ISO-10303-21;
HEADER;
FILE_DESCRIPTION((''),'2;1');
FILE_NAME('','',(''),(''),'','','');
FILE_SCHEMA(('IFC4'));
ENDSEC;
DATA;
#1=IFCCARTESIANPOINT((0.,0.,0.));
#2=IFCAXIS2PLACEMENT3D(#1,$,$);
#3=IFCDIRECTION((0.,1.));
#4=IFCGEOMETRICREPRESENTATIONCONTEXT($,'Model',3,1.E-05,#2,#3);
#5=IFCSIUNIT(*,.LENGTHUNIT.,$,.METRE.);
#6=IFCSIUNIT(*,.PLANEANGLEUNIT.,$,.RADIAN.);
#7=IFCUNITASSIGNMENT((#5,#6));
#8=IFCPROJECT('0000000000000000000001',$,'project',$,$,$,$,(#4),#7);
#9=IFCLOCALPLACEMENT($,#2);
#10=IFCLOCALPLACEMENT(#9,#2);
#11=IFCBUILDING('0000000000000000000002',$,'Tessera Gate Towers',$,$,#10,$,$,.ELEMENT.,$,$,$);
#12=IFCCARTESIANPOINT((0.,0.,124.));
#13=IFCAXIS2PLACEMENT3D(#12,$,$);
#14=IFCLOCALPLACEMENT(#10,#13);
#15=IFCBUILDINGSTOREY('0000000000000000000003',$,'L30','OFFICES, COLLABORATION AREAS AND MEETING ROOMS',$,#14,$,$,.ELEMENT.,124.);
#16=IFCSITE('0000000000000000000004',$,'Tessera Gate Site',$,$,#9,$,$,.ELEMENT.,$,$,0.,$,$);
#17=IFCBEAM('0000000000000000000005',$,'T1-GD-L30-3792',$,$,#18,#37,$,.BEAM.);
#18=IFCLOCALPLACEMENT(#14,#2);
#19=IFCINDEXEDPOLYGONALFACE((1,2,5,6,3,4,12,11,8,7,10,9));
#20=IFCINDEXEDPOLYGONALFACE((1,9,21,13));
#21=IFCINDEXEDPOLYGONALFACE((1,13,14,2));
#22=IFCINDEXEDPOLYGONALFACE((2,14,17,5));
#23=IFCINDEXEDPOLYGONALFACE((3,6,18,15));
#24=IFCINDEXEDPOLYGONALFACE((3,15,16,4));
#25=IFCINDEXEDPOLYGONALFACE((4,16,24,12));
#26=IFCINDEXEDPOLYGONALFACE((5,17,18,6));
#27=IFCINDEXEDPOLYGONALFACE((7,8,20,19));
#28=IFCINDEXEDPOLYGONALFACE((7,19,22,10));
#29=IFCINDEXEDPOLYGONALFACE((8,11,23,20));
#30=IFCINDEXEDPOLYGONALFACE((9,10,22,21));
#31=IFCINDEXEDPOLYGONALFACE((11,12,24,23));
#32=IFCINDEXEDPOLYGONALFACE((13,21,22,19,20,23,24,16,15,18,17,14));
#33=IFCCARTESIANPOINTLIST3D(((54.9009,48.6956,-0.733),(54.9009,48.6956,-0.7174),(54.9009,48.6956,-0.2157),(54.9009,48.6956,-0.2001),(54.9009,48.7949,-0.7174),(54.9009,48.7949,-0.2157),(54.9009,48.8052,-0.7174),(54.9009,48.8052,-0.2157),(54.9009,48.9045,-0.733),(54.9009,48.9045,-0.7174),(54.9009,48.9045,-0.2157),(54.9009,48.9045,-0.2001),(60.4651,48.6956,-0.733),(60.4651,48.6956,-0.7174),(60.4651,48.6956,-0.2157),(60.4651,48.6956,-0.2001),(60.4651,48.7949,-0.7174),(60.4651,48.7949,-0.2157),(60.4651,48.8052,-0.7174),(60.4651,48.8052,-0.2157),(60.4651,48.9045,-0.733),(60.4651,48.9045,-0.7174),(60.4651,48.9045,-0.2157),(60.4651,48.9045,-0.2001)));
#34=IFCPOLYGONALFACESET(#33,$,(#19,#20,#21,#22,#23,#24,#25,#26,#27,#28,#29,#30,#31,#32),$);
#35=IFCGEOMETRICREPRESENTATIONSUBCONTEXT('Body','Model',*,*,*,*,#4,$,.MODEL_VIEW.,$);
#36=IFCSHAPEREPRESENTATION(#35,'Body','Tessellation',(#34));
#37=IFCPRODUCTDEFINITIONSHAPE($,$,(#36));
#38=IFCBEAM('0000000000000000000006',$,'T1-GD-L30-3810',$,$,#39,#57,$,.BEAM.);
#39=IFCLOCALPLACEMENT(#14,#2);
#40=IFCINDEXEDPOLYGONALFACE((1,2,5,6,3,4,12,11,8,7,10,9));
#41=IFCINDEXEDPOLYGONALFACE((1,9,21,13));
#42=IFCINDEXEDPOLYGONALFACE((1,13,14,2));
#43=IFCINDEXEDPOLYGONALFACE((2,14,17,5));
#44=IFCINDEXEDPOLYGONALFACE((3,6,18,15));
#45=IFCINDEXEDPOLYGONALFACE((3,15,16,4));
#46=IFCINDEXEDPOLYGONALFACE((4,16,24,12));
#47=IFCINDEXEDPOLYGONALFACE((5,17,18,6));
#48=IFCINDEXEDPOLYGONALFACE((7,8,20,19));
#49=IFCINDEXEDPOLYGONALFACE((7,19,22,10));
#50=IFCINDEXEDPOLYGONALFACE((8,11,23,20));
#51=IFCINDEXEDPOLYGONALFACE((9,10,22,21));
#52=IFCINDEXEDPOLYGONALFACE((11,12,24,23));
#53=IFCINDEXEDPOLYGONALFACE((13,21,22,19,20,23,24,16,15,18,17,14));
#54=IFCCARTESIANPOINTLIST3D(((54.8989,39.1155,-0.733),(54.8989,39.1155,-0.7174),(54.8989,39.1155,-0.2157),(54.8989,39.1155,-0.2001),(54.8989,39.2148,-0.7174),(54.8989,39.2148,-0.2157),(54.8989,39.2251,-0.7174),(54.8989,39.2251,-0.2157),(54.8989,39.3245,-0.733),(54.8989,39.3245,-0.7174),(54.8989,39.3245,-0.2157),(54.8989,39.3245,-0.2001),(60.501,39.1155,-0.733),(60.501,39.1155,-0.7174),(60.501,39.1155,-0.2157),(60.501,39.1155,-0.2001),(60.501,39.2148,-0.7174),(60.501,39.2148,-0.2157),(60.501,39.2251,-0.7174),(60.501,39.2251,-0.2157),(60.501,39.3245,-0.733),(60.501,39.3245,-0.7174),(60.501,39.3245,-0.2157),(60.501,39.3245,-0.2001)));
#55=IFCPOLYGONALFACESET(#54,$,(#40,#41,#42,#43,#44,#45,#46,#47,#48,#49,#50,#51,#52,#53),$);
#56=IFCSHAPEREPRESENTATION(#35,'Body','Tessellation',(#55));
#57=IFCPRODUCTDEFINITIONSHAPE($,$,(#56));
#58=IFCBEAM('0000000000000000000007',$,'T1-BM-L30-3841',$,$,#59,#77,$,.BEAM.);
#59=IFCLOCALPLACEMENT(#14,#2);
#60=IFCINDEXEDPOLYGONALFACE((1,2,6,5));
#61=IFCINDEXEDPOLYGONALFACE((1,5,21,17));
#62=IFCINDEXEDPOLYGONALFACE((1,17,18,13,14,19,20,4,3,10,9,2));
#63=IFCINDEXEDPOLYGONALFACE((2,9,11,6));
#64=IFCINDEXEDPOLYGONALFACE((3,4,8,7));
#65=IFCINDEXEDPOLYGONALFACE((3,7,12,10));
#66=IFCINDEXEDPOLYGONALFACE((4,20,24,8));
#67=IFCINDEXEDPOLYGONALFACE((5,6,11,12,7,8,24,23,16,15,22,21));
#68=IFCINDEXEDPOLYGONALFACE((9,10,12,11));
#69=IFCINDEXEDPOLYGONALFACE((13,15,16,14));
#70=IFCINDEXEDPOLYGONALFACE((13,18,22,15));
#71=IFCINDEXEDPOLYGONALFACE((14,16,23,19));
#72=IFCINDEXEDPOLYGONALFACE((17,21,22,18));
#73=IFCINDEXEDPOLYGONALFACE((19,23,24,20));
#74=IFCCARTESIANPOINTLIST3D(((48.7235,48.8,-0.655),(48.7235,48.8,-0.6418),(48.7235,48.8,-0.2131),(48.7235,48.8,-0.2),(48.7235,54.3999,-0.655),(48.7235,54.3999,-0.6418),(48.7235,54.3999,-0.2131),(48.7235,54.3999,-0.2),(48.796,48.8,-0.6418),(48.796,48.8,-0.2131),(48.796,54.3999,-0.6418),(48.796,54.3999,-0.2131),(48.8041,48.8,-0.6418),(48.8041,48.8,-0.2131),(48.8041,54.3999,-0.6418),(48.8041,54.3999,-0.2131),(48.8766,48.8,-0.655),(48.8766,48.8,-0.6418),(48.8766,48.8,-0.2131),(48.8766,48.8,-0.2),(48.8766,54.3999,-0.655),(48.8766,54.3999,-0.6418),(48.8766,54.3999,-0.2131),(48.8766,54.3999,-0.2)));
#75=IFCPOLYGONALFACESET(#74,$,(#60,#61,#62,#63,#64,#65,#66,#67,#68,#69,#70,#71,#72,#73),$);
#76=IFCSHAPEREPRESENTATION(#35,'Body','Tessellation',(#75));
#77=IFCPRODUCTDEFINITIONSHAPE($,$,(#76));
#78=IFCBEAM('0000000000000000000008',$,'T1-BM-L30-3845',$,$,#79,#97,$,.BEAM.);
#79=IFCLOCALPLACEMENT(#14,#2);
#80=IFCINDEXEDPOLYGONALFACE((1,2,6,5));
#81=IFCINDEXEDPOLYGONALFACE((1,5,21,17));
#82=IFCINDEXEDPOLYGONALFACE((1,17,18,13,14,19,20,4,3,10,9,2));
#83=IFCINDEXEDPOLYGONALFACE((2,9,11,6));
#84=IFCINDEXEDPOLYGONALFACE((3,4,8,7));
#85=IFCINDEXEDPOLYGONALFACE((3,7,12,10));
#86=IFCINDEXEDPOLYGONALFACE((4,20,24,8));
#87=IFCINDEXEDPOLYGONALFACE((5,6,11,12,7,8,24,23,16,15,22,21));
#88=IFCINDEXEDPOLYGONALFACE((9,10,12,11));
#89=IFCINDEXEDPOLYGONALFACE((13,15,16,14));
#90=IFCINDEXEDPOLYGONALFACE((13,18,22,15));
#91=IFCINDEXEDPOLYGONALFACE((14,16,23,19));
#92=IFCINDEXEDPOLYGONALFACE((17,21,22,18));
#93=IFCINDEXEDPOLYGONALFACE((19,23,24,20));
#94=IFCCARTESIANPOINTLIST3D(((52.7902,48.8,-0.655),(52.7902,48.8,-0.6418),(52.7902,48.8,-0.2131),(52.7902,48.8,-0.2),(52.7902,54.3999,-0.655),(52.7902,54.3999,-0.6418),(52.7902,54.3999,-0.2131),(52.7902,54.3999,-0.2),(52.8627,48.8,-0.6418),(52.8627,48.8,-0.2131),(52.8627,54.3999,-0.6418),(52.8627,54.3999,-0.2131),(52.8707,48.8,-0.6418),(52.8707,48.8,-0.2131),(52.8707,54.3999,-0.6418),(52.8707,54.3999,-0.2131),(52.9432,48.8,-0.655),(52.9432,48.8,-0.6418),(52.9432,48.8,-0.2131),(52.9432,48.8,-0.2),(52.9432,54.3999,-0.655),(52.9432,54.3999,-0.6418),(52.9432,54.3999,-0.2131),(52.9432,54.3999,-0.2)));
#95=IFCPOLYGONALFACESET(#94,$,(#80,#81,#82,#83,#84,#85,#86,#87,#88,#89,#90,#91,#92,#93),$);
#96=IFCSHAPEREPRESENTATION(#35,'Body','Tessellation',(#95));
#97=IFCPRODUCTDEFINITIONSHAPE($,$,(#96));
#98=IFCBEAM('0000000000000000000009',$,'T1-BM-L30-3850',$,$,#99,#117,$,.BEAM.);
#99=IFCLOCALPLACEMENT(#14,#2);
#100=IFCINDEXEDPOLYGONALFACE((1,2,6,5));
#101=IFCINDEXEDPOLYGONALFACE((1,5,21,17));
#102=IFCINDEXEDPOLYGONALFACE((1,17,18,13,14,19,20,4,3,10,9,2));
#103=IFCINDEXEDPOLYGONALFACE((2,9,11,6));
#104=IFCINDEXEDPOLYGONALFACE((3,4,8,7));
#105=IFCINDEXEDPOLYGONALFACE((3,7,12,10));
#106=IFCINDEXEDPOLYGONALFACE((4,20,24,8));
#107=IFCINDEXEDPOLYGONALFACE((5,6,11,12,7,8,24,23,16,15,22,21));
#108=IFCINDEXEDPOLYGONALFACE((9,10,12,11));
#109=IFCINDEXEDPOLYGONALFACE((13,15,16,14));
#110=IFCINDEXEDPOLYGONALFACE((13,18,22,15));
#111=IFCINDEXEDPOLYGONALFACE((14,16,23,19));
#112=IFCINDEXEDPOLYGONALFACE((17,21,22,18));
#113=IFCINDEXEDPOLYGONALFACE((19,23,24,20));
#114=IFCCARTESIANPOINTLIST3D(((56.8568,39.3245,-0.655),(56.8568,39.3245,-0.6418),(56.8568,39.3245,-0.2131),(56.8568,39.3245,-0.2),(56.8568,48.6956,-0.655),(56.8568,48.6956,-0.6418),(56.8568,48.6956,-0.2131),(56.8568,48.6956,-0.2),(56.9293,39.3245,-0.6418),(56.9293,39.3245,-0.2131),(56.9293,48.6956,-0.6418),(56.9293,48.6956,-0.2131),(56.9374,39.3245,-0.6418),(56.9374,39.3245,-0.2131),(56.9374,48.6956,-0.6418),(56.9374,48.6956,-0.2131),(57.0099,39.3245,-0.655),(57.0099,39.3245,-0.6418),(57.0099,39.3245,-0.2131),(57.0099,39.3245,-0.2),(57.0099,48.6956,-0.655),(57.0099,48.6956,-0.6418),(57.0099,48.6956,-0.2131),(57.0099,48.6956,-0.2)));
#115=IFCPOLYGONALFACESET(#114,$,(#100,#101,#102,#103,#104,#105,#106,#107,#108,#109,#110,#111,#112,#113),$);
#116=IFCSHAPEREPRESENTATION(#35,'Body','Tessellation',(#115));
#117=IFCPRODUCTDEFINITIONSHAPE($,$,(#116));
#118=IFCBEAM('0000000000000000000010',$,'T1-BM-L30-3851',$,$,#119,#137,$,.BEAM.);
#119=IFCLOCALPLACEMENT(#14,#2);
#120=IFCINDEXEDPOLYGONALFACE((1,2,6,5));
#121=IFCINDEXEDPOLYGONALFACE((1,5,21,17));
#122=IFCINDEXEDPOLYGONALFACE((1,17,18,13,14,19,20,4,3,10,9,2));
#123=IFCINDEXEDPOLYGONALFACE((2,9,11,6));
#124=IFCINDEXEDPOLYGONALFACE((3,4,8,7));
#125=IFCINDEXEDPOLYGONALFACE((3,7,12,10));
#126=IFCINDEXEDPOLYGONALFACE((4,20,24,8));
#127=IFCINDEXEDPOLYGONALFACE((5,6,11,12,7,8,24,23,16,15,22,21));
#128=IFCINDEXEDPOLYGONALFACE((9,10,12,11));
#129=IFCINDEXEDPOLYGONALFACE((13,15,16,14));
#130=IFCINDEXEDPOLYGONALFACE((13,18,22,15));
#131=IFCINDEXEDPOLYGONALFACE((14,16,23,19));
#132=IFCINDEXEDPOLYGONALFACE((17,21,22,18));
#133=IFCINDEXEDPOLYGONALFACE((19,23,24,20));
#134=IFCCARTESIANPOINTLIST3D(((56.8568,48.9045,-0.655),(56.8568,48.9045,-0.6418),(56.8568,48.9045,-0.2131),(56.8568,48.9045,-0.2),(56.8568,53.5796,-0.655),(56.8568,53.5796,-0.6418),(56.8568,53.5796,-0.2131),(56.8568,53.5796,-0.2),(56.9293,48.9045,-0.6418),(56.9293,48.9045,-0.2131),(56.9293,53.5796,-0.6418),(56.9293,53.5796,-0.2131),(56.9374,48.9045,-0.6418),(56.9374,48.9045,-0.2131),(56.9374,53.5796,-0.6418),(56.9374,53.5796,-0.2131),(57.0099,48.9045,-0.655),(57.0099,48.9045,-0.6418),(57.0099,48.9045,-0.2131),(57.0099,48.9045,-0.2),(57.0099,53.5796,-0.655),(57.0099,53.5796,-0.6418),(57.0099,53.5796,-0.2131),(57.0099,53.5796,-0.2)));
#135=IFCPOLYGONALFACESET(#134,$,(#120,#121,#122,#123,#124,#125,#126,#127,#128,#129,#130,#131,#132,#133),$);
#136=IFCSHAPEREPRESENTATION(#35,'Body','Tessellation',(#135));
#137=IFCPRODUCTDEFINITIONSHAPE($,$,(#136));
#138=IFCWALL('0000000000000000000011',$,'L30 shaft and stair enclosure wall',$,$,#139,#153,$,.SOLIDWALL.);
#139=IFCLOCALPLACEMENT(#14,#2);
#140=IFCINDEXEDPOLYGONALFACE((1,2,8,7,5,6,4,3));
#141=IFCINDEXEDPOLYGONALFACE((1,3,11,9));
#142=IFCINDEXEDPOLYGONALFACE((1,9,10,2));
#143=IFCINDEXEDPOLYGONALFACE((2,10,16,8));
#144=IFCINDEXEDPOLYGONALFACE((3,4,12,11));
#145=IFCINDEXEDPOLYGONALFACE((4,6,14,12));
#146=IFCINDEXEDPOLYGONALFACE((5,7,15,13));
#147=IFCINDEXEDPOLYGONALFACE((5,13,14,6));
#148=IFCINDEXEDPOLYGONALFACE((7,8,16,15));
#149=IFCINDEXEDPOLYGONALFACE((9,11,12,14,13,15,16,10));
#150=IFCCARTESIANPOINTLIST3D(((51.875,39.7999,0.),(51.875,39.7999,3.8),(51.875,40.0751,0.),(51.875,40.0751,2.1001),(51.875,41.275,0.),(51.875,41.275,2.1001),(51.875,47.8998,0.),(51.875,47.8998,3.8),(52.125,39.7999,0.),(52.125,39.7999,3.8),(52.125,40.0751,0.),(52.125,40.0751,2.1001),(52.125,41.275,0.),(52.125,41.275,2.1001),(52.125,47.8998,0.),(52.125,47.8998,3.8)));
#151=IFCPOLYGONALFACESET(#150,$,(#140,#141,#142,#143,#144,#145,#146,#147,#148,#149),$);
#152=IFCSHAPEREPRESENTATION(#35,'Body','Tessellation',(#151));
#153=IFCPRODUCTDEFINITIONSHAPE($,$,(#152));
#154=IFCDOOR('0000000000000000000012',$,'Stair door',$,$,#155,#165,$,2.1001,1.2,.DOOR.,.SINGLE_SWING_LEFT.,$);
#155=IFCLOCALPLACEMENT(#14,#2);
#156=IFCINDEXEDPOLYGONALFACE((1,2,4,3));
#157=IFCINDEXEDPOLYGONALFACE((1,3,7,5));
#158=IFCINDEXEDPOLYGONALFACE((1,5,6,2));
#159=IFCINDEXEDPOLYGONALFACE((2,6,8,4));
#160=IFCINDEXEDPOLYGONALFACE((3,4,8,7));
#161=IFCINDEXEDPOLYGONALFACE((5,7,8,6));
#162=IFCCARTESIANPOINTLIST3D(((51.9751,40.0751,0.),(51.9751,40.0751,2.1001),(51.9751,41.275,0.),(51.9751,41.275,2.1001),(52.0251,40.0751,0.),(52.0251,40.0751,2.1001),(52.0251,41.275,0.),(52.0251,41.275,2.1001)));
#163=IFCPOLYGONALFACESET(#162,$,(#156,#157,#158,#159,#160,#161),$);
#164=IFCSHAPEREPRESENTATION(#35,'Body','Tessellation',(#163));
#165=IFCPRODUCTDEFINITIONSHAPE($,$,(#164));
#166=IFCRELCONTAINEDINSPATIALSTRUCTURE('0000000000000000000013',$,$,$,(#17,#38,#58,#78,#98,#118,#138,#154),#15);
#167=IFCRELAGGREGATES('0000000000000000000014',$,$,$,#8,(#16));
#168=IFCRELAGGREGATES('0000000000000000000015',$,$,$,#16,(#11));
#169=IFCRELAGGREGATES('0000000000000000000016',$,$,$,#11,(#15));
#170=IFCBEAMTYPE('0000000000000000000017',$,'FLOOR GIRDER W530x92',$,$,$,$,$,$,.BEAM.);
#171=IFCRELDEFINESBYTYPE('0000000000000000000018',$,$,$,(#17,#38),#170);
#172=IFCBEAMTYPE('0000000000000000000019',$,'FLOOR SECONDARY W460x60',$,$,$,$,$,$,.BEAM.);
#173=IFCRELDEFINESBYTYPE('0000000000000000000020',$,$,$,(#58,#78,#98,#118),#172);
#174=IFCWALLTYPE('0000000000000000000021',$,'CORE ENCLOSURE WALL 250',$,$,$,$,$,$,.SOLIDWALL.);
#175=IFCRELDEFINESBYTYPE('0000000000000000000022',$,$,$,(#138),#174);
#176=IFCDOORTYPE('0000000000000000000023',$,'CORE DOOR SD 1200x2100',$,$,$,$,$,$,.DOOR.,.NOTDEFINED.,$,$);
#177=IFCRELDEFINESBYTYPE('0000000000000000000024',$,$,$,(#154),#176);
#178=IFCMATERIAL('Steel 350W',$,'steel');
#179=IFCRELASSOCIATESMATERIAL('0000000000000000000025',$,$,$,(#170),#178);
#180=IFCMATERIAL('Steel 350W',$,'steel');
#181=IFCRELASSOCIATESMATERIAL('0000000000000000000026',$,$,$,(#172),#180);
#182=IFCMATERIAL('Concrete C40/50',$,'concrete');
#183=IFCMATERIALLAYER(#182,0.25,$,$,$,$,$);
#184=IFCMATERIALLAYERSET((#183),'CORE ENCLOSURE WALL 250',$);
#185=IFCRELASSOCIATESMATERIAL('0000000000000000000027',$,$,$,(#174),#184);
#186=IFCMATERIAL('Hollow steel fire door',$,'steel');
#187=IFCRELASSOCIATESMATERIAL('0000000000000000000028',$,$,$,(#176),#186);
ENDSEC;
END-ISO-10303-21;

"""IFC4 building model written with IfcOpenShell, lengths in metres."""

from ifc_helpers import new_model, si_unit, direction, frame, frame_2d, origin, origin_2d, place, context, subcontext, project, spatial, rectangle, i_section, extrude, source, transform, mapped, material, layer, layer_set, material_profile, profile_set, type_object, element, fill, save


model = new_model("IFC4")

# Units and contexts
model_context = context("Model", 3, precision=1e-05, world=origin(), true_north=direction((0.0, 1.0)))
body_context = subcontext(model_context, "Body", "Model", "MODEL_VIEW")
ifc_project = project(units=[si_unit("LENGTHUNIT", "METRE"), si_unit("PLANEANGLEUNIT", "RADIAN")], contexts=[model_context])

# Site, building, storey
site_placement = place(None, origin())
site = spatial("IfcSite", under=ifc_project, at=site_placement, Name="Tessera Gate Site", CompositionType="ELEMENT", RefElevation=0.0)
building_placement = place(site_placement, origin())
building = spatial("IfcBuilding", under=site, at=building_placement, Name="Tessera Gate Towers", CompositionType="ELEMENT")
storey_placement = place(building_placement, frame((0.0, 0.0, 124.0)))
storey = spatial("IfcBuildingStorey", under=building, at=storey_placement, Name="L30", Description="OFFICES, COLLABORATION AREAS AND MEETING ROOMS", CompositionType="ELEMENT", Elevation=124.0)

# Beams
ifc_material_1 = material(Name="Steel 350W", Category="steel")
ifc_material_profile_1 = material_profile(ifc_material_1, i_section(OverallWidth=0.209, OverallDepth=0.533, WebThickness=0.0103, FlangeThickness=0.0156, at=origin_2d()), Name="W530x92")
ifc_profile_set_1 = profile_set([ifc_material_profile_1], Name="Steel 350W")
beam_type_1 = type_object("IfcBeamType", Name="FLOOR GIRDER W530x92", PredefinedType="BEAM", material=ifc_profile_set_1)
beam_1_placement = place(storey_placement, frame((54.9009, 48.8, -0.4666), z_axis=(1.0, 0.0, 0.0), x_axis=(0.0, 1.0, 0.0)))
element("IfcBeam", 1, at=beam_1_placement, inside=storey, type_object=beam_type_1, Name="T1-GD-L30-3792", PredefinedType="BEAM", context=body_context, shape_type="SweptSolid", body=[
    extrude(i_section(OverallWidth=0.209, OverallDepth=0.533, WebThickness=0.0103, FlangeThickness=0.0156, at=origin_2d()), origin(), (0.0, 0.0, 1.0), 5.5642),
])
beam_2_placement = place(storey_placement, frame((54.8989, 39.22, -0.4666), z_axis=(1.0, 0.0, 0.0), x_axis=(0.0, 1.0, 0.0)))
element("IfcBeam", 2, at=beam_2_placement, inside=storey, type_object=beam_type_1, Name="T1-GD-L30-3810", PredefinedType="BEAM", context=body_context, shape_type="SweptSolid", body=[
    extrude(i_section(OverallWidth=0.209, OverallDepth=0.533, WebThickness=0.0103, FlangeThickness=0.0156, at=origin_2d()), origin(), (0.0, 0.0, 1.0), 5.6021),
])
ifc_material_2 = material(Name="Steel 350W", Category="steel")
ifc_material_profile_2 = material_profile(ifc_material_2, i_section(OverallWidth=0.1531, OverallDepth=0.4551, WebThickness=0.0081, FlangeThickness=0.0132, at=origin_2d()), Name="W460x60")
ifc_profile_set_2 = profile_set([ifc_material_profile_2], Name="Steel 350W")
beam_type_2 = type_object("IfcBeamType", Name="FLOOR SECONDARY W460x60", PredefinedType="BEAM", material=ifc_profile_set_2)
for number, where, z_axis, x_axis, name in (
    (3, (48.8, 48.8, -0.4275), (0.0, 1.0, 0.0), (-1.0, 0.0, 0.0), "T1-BM-L30-3841"),
    (4, (52.8667, 48.8, -0.4275), (0.0, 1.0, 0.0), (-1.0, 0.0, 0.0), "T1-BM-L30-3845"),
):
    element("IfcBeam", number, at=place(storey_placement, frame(where, z_axis=z_axis, x_axis=x_axis)), inside=storey, type_object=beam_type_2, Name=name, PredefinedType="BEAM", context=body_context, shape_type="SweptSolid", body=[
        extrude(i_section(OverallWidth=0.1531, OverallDepth=0.4551, WebThickness=0.0081, FlangeThickness=0.0132, at=origin_2d()), origin(), (0.0, 0.0, 1.0), 5.5999),
    ])
beam_3_placement = place(storey_placement, frame((56.9333, 39.3245, -0.4275), z_axis=(0.0, 1.0, 0.0), x_axis=(-1.0, 0.0, 0.0)))
element("IfcBeam", 5, at=beam_3_placement, inside=storey, type_object=beam_type_2, Name="T1-BM-L30-3850", PredefinedType="BEAM", context=body_context, shape_type="SweptSolid", body=[
    extrude(i_section(OverallWidth=0.1531, OverallDepth=0.4551, WebThickness=0.0081, FlangeThickness=0.0132, at=origin_2d()), origin(), (0.0, 0.0, 1.0), 9.3711),
])
beam_4_placement = place(storey_placement, frame((56.9333, 48.9045, -0.4275), z_axis=(0.0, 1.0, 0.0), x_axis=(-1.0, 0.0, 0.0)))
element("IfcBeam", 6, at=beam_4_placement, inside=storey, type_object=beam_type_2, Name="T1-BM-L30-3851", PredefinedType="BEAM", context=body_context, shape_type="SweptSolid", body=[
    extrude(i_section(OverallWidth=0.1531, OverallDepth=0.4551, WebThickness=0.0081, FlangeThickness=0.0132, at=origin_2d()), origin(), (0.0, 0.0, 1.0), 4.675),
])

# Wall, opening, door
ifc_material_3 = material(Name="Concrete C40/50", Category="concrete")
ifc_layer_1 = layer(ifc_material_3, 0.25)
ifc_layer_set_1 = layer_set([ifc_layer_1], Name="CORE ENCLOSURE WALL 250")
wall_type_1 = type_object("IfcWallType", Name="CORE ENCLOSURE WALL 250", PredefinedType="SOLIDWALL", material=ifc_layer_set_1)
wall_1_placement = place(storey_placement, frame((52.0, 39.8, 0.0), z_axis=(0.0, 0.0, 1.0), x_axis=(0.0, 1.0, 0.0)))
wall_1 = element("IfcWall", 7, at=wall_1_placement, inside=storey, type_object=wall_type_1, Name="L30 shaft and stair enclosure wall", PredefinedType="SOLIDWALL", context=body_context, shape_type="SweptSolid", body=[
    extrude(rectangle(XDim=8.0999, YDim=0.25, at=frame_2d((4.0498, 0.0))), origin(), (0.0, 0.0, 1.0), 3.8),
])
shared_shape_1 = source(origin(), body_context, "Body", "SweptSolid", [
    extrude(rectangle(XDim=1.2, YDim=2.1001, at=frame_2d((0.6001, 1.05))), frame((0.0, 0.135, 0.0), z_axis=(0.0, -1.0, 0.0), x_axis=(1.0, 0.0, 0.0)), (0.0, 0.0, 1.0), 0.27),
])
opening_1_placement = place(wall_1_placement, frame((0.2749, 0.0, 0.0)))
opening_1 = element("IfcOpeningElement", 8, at=opening_1_placement, cuts=wall_1, PredefinedType="OPENING", context=body_context, shape_type="MappedRepresentation", body=[
    mapped(shared_shape_1, transform((0.0, 0.0, 0.0), scale=1.0)),
])
ifc_material_4 = material(Name="Hollow steel fire door", Category="steel")
door_type_1 = type_object("IfcDoorType", Name="CORE DOOR SD 1200x2100", OperationType="NOTDEFINED", PredefinedType="DOOR", material=ifc_material_4)
shared_shape_2 = source(origin(), body_context, "Body", "SweptSolid", [
    extrude(rectangle(XDim=1.2, YDim=2.1001, at=frame_2d((0.6001, 1.05))), frame((0.0, 0.0249, 0.0), z_axis=(0.0, -1.0, 0.0), x_axis=(1.0, 0.0, 0.0)), (0.0, 0.0, 1.0), 0.05),
])
door_1_placement = place(opening_1_placement, origin())
door_1 = element("IfcDoor", 9, at=door_1_placement, inside=storey, type_object=door_type_1, Name="Stair door", OperationType="SINGLE_SWING_LEFT", OverallHeight=2.1001, OverallWidth=1.2, PredefinedType="DOOR", context=body_context, shape_type="MappedRepresentation", body=[
    mapped(shared_shape_2, transform((0.0, 0.0, 0.0), scale=1.0)),
])
fill(opening_1, door_1)

save(model, "model.ifc")
